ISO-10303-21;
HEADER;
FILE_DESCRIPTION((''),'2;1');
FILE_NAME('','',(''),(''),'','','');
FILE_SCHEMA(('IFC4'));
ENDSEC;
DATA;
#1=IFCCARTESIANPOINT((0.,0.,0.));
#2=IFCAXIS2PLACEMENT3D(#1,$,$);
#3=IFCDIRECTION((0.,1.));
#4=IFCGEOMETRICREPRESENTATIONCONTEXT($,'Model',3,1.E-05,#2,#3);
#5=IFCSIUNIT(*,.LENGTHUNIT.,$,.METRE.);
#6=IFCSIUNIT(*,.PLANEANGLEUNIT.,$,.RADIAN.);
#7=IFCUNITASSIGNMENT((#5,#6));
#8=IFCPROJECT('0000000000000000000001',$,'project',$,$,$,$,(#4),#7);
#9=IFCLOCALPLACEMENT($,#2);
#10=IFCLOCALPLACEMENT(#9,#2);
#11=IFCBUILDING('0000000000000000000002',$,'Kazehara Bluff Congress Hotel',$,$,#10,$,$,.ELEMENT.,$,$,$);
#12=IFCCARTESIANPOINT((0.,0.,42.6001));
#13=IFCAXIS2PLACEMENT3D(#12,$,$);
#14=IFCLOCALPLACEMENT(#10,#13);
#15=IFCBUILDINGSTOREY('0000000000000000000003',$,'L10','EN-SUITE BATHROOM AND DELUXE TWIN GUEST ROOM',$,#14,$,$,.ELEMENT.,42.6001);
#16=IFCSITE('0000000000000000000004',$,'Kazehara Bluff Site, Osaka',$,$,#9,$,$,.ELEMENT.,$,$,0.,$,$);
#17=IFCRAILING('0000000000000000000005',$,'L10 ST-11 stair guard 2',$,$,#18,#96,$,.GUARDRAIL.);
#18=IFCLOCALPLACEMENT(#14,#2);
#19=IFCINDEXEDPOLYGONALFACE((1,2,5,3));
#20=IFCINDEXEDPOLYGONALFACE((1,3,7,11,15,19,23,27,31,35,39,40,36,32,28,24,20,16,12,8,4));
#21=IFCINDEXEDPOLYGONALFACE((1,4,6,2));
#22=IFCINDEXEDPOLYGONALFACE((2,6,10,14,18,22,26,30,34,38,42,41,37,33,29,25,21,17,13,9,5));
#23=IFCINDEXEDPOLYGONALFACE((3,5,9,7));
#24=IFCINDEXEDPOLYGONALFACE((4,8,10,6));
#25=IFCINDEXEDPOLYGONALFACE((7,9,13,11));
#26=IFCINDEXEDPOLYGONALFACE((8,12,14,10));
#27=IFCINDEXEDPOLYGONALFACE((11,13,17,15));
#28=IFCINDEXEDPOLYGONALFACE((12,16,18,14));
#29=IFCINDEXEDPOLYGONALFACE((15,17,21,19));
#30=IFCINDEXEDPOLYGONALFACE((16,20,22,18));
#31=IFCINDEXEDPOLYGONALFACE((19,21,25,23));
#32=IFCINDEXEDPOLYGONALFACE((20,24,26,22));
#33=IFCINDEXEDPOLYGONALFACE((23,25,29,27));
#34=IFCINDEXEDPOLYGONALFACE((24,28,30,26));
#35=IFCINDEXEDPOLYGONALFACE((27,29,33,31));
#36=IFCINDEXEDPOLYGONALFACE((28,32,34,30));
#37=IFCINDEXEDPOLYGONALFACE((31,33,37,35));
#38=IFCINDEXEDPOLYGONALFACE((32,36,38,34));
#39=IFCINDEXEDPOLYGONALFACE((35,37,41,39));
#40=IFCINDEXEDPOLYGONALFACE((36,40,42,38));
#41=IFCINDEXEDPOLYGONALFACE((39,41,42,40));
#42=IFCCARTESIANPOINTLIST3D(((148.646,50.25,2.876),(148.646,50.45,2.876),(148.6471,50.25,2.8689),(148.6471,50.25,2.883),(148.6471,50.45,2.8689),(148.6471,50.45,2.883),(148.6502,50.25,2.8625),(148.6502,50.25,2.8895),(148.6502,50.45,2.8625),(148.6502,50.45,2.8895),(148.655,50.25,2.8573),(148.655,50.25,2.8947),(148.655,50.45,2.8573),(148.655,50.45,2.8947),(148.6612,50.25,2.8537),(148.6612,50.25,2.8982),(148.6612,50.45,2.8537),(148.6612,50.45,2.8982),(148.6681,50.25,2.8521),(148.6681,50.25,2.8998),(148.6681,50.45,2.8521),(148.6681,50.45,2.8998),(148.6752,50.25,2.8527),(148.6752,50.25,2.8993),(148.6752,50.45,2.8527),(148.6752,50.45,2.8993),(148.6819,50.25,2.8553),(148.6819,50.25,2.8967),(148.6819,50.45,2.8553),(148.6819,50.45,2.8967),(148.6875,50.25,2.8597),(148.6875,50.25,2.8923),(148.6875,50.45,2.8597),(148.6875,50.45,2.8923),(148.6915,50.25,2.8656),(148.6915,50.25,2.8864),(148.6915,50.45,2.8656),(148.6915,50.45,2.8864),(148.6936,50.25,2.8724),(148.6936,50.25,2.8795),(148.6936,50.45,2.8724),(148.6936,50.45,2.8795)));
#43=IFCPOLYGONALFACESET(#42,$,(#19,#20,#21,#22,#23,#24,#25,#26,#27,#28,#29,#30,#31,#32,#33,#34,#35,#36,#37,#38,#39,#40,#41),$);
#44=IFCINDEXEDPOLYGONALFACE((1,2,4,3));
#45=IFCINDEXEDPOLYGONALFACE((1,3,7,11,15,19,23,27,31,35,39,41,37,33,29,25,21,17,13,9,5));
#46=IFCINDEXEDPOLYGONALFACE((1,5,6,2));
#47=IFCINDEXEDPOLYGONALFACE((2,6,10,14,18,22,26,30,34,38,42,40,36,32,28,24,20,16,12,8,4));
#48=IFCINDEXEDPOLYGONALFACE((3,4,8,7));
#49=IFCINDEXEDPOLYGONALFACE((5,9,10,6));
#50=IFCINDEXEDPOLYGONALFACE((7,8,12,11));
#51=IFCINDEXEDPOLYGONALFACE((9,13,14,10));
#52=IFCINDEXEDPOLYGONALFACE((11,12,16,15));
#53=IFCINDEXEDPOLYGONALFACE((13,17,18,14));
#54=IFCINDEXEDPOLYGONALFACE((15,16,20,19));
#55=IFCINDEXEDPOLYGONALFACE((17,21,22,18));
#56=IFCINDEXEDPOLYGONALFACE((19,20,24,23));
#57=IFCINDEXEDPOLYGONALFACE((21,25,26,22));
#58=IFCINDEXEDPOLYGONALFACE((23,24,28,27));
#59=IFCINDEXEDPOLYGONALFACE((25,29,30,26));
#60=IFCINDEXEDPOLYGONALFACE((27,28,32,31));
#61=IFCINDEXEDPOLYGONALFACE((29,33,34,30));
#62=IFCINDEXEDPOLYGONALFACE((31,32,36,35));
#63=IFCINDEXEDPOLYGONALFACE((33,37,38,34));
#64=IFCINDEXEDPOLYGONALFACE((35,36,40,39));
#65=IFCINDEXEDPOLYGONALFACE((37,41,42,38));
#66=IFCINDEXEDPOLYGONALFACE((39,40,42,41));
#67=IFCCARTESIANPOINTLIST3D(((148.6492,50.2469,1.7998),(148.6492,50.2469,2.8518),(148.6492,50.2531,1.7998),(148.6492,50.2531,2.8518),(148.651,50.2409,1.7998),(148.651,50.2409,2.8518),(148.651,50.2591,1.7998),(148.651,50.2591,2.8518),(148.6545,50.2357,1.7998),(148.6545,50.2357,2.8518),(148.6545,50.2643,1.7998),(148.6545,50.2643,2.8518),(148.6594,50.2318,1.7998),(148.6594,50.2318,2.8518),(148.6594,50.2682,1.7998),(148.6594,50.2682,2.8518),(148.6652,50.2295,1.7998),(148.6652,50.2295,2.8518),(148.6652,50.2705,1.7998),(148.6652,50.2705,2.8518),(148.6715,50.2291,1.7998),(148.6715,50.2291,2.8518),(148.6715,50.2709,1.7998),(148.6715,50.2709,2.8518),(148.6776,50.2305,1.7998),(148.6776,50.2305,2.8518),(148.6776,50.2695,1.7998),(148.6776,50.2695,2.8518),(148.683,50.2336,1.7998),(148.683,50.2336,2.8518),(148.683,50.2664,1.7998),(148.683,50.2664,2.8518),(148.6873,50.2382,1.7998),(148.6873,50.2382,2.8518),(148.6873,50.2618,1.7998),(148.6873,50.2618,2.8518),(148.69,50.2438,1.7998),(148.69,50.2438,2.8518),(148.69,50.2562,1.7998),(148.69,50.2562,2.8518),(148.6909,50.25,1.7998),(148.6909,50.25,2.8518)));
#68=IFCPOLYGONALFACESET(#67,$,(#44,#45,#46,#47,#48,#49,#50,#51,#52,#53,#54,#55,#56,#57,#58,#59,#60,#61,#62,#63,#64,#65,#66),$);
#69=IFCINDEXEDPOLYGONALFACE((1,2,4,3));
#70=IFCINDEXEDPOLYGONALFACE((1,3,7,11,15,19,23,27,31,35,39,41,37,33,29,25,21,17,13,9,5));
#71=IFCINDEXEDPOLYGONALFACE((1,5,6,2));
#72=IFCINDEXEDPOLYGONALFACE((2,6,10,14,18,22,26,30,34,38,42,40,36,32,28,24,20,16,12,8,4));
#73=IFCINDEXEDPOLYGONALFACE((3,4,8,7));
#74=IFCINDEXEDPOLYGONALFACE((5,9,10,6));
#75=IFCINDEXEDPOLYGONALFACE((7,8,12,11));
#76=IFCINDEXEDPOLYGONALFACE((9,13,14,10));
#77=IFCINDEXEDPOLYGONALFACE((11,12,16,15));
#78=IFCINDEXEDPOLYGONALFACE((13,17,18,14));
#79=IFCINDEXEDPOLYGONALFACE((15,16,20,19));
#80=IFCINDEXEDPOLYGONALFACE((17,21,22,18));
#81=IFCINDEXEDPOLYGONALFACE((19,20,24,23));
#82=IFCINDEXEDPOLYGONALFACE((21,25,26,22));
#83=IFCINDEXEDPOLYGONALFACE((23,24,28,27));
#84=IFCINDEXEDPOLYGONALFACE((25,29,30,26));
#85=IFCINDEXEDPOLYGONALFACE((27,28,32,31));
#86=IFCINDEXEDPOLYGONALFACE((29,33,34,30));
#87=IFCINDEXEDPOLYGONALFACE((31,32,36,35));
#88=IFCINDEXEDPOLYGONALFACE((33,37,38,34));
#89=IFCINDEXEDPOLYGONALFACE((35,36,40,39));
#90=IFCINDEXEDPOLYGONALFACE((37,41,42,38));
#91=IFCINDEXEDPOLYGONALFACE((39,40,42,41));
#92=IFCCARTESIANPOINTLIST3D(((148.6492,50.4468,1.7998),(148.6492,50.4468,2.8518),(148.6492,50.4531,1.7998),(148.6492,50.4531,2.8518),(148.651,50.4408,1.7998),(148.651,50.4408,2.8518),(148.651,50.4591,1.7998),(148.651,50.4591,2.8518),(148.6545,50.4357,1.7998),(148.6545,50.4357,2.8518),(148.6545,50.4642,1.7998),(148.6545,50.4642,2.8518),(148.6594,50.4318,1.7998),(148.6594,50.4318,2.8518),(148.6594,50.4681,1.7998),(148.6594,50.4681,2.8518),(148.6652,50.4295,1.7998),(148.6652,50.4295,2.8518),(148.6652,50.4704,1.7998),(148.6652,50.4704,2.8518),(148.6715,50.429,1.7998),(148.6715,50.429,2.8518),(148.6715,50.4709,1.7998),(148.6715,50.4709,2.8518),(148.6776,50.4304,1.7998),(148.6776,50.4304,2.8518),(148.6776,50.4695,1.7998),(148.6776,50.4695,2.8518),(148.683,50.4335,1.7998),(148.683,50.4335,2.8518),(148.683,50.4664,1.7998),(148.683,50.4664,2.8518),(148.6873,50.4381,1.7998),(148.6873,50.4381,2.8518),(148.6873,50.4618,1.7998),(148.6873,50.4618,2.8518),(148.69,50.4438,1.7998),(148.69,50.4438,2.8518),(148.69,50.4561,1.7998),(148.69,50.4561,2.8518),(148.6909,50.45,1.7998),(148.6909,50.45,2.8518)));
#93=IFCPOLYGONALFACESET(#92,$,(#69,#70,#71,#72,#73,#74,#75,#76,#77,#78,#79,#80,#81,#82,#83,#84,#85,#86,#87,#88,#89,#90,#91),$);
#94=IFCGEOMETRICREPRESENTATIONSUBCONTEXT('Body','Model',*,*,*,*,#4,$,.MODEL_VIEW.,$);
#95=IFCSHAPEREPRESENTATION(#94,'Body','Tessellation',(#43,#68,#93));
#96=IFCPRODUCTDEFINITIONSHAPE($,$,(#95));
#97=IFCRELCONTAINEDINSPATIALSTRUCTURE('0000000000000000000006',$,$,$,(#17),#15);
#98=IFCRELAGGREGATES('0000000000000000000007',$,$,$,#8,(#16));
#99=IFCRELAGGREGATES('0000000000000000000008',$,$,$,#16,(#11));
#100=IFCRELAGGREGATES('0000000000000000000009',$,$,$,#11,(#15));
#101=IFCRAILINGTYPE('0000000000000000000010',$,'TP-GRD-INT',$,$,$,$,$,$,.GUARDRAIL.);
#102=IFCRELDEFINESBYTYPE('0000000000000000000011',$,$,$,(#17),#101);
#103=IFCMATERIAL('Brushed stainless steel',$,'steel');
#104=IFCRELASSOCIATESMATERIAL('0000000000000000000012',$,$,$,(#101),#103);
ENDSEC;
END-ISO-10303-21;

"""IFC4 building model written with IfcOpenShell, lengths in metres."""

from ifc_helpers import new_model, si_unit, direction, frame, origin, origin_2d, place, context, subcontext, project, spatial, circle, extrude, material, type_object, element, save


model = new_model("IFC4")

# Units and contexts
model_context = context("Model", 3, precision=1e-05, world=origin(), true_north=direction((0.0, 1.0)))
body_context = subcontext(model_context, "Body", "Model", "MODEL_VIEW")
ifc_project = project(units=[si_unit("LENGTHUNIT", "METRE"), si_unit("PLANEANGLEUNIT", "RADIAN")], contexts=[model_context])

# Site, building, storey
site_placement = place(None, origin())
site = spatial("IfcSite", under=ifc_project, at=site_placement, Name="Kazehara Bluff Site, Osaka", CompositionType="ELEMENT", RefElevation=0.0)
building_placement = place(site_placement, origin())
building = spatial("IfcBuilding", under=site, at=building_placement, Name="Kazehara Bluff Congress Hotel", CompositionType="ELEMENT")
storey_placement = place(building_placement, frame((0.0, 0.0, 42.6001)))
storey = spatial("IfcBuildingStorey", under=building, at=storey_placement, Name="L10", Description="EN-SUITE BATHROOM AND DELUXE TWIN GUEST ROOM", CompositionType="ELEMENT", Elevation=42.6001)

# Railing
ifc_material_1 = material(Name="Brushed stainless steel", Category="steel")
railing_type_1 = type_object("IfcRailingType", Name="TP-GRD-INT", PredefinedType="GUARDRAIL", material=ifc_material_1)
railing_1_placement = place(storey_placement, frame((148.6699, 50.25, 1.7998)))
element("IfcRailing", 1, at=railing_1_placement, inside=storey, type_object=railing_type_1, Name="L10 ST-11 stair guard 2", PredefinedType="GUARDRAIL", context=body_context, shape_type="SweptSolid", body=[
    extrude(circle(Radius=0.0239, at=origin_2d()), frame((0.0, 0.0, 1.0762), z_axis=(0.0, 1.0, 0.0), x_axis=(-1.0, 0.0, 0.0)), (0.0, 0.0, 1.0), 0.2),
    extrude(circle(Radius=0.021, at=origin_2d()), origin(), (0.0, 0.0, 1.0), 1.052),
    extrude(circle(Radius=0.021, at=origin_2d()), frame((0.0, 0.2, 0.0)), (0.0, 0.0, 1.0), 1.052),
])

save(model, "model.ifc")
